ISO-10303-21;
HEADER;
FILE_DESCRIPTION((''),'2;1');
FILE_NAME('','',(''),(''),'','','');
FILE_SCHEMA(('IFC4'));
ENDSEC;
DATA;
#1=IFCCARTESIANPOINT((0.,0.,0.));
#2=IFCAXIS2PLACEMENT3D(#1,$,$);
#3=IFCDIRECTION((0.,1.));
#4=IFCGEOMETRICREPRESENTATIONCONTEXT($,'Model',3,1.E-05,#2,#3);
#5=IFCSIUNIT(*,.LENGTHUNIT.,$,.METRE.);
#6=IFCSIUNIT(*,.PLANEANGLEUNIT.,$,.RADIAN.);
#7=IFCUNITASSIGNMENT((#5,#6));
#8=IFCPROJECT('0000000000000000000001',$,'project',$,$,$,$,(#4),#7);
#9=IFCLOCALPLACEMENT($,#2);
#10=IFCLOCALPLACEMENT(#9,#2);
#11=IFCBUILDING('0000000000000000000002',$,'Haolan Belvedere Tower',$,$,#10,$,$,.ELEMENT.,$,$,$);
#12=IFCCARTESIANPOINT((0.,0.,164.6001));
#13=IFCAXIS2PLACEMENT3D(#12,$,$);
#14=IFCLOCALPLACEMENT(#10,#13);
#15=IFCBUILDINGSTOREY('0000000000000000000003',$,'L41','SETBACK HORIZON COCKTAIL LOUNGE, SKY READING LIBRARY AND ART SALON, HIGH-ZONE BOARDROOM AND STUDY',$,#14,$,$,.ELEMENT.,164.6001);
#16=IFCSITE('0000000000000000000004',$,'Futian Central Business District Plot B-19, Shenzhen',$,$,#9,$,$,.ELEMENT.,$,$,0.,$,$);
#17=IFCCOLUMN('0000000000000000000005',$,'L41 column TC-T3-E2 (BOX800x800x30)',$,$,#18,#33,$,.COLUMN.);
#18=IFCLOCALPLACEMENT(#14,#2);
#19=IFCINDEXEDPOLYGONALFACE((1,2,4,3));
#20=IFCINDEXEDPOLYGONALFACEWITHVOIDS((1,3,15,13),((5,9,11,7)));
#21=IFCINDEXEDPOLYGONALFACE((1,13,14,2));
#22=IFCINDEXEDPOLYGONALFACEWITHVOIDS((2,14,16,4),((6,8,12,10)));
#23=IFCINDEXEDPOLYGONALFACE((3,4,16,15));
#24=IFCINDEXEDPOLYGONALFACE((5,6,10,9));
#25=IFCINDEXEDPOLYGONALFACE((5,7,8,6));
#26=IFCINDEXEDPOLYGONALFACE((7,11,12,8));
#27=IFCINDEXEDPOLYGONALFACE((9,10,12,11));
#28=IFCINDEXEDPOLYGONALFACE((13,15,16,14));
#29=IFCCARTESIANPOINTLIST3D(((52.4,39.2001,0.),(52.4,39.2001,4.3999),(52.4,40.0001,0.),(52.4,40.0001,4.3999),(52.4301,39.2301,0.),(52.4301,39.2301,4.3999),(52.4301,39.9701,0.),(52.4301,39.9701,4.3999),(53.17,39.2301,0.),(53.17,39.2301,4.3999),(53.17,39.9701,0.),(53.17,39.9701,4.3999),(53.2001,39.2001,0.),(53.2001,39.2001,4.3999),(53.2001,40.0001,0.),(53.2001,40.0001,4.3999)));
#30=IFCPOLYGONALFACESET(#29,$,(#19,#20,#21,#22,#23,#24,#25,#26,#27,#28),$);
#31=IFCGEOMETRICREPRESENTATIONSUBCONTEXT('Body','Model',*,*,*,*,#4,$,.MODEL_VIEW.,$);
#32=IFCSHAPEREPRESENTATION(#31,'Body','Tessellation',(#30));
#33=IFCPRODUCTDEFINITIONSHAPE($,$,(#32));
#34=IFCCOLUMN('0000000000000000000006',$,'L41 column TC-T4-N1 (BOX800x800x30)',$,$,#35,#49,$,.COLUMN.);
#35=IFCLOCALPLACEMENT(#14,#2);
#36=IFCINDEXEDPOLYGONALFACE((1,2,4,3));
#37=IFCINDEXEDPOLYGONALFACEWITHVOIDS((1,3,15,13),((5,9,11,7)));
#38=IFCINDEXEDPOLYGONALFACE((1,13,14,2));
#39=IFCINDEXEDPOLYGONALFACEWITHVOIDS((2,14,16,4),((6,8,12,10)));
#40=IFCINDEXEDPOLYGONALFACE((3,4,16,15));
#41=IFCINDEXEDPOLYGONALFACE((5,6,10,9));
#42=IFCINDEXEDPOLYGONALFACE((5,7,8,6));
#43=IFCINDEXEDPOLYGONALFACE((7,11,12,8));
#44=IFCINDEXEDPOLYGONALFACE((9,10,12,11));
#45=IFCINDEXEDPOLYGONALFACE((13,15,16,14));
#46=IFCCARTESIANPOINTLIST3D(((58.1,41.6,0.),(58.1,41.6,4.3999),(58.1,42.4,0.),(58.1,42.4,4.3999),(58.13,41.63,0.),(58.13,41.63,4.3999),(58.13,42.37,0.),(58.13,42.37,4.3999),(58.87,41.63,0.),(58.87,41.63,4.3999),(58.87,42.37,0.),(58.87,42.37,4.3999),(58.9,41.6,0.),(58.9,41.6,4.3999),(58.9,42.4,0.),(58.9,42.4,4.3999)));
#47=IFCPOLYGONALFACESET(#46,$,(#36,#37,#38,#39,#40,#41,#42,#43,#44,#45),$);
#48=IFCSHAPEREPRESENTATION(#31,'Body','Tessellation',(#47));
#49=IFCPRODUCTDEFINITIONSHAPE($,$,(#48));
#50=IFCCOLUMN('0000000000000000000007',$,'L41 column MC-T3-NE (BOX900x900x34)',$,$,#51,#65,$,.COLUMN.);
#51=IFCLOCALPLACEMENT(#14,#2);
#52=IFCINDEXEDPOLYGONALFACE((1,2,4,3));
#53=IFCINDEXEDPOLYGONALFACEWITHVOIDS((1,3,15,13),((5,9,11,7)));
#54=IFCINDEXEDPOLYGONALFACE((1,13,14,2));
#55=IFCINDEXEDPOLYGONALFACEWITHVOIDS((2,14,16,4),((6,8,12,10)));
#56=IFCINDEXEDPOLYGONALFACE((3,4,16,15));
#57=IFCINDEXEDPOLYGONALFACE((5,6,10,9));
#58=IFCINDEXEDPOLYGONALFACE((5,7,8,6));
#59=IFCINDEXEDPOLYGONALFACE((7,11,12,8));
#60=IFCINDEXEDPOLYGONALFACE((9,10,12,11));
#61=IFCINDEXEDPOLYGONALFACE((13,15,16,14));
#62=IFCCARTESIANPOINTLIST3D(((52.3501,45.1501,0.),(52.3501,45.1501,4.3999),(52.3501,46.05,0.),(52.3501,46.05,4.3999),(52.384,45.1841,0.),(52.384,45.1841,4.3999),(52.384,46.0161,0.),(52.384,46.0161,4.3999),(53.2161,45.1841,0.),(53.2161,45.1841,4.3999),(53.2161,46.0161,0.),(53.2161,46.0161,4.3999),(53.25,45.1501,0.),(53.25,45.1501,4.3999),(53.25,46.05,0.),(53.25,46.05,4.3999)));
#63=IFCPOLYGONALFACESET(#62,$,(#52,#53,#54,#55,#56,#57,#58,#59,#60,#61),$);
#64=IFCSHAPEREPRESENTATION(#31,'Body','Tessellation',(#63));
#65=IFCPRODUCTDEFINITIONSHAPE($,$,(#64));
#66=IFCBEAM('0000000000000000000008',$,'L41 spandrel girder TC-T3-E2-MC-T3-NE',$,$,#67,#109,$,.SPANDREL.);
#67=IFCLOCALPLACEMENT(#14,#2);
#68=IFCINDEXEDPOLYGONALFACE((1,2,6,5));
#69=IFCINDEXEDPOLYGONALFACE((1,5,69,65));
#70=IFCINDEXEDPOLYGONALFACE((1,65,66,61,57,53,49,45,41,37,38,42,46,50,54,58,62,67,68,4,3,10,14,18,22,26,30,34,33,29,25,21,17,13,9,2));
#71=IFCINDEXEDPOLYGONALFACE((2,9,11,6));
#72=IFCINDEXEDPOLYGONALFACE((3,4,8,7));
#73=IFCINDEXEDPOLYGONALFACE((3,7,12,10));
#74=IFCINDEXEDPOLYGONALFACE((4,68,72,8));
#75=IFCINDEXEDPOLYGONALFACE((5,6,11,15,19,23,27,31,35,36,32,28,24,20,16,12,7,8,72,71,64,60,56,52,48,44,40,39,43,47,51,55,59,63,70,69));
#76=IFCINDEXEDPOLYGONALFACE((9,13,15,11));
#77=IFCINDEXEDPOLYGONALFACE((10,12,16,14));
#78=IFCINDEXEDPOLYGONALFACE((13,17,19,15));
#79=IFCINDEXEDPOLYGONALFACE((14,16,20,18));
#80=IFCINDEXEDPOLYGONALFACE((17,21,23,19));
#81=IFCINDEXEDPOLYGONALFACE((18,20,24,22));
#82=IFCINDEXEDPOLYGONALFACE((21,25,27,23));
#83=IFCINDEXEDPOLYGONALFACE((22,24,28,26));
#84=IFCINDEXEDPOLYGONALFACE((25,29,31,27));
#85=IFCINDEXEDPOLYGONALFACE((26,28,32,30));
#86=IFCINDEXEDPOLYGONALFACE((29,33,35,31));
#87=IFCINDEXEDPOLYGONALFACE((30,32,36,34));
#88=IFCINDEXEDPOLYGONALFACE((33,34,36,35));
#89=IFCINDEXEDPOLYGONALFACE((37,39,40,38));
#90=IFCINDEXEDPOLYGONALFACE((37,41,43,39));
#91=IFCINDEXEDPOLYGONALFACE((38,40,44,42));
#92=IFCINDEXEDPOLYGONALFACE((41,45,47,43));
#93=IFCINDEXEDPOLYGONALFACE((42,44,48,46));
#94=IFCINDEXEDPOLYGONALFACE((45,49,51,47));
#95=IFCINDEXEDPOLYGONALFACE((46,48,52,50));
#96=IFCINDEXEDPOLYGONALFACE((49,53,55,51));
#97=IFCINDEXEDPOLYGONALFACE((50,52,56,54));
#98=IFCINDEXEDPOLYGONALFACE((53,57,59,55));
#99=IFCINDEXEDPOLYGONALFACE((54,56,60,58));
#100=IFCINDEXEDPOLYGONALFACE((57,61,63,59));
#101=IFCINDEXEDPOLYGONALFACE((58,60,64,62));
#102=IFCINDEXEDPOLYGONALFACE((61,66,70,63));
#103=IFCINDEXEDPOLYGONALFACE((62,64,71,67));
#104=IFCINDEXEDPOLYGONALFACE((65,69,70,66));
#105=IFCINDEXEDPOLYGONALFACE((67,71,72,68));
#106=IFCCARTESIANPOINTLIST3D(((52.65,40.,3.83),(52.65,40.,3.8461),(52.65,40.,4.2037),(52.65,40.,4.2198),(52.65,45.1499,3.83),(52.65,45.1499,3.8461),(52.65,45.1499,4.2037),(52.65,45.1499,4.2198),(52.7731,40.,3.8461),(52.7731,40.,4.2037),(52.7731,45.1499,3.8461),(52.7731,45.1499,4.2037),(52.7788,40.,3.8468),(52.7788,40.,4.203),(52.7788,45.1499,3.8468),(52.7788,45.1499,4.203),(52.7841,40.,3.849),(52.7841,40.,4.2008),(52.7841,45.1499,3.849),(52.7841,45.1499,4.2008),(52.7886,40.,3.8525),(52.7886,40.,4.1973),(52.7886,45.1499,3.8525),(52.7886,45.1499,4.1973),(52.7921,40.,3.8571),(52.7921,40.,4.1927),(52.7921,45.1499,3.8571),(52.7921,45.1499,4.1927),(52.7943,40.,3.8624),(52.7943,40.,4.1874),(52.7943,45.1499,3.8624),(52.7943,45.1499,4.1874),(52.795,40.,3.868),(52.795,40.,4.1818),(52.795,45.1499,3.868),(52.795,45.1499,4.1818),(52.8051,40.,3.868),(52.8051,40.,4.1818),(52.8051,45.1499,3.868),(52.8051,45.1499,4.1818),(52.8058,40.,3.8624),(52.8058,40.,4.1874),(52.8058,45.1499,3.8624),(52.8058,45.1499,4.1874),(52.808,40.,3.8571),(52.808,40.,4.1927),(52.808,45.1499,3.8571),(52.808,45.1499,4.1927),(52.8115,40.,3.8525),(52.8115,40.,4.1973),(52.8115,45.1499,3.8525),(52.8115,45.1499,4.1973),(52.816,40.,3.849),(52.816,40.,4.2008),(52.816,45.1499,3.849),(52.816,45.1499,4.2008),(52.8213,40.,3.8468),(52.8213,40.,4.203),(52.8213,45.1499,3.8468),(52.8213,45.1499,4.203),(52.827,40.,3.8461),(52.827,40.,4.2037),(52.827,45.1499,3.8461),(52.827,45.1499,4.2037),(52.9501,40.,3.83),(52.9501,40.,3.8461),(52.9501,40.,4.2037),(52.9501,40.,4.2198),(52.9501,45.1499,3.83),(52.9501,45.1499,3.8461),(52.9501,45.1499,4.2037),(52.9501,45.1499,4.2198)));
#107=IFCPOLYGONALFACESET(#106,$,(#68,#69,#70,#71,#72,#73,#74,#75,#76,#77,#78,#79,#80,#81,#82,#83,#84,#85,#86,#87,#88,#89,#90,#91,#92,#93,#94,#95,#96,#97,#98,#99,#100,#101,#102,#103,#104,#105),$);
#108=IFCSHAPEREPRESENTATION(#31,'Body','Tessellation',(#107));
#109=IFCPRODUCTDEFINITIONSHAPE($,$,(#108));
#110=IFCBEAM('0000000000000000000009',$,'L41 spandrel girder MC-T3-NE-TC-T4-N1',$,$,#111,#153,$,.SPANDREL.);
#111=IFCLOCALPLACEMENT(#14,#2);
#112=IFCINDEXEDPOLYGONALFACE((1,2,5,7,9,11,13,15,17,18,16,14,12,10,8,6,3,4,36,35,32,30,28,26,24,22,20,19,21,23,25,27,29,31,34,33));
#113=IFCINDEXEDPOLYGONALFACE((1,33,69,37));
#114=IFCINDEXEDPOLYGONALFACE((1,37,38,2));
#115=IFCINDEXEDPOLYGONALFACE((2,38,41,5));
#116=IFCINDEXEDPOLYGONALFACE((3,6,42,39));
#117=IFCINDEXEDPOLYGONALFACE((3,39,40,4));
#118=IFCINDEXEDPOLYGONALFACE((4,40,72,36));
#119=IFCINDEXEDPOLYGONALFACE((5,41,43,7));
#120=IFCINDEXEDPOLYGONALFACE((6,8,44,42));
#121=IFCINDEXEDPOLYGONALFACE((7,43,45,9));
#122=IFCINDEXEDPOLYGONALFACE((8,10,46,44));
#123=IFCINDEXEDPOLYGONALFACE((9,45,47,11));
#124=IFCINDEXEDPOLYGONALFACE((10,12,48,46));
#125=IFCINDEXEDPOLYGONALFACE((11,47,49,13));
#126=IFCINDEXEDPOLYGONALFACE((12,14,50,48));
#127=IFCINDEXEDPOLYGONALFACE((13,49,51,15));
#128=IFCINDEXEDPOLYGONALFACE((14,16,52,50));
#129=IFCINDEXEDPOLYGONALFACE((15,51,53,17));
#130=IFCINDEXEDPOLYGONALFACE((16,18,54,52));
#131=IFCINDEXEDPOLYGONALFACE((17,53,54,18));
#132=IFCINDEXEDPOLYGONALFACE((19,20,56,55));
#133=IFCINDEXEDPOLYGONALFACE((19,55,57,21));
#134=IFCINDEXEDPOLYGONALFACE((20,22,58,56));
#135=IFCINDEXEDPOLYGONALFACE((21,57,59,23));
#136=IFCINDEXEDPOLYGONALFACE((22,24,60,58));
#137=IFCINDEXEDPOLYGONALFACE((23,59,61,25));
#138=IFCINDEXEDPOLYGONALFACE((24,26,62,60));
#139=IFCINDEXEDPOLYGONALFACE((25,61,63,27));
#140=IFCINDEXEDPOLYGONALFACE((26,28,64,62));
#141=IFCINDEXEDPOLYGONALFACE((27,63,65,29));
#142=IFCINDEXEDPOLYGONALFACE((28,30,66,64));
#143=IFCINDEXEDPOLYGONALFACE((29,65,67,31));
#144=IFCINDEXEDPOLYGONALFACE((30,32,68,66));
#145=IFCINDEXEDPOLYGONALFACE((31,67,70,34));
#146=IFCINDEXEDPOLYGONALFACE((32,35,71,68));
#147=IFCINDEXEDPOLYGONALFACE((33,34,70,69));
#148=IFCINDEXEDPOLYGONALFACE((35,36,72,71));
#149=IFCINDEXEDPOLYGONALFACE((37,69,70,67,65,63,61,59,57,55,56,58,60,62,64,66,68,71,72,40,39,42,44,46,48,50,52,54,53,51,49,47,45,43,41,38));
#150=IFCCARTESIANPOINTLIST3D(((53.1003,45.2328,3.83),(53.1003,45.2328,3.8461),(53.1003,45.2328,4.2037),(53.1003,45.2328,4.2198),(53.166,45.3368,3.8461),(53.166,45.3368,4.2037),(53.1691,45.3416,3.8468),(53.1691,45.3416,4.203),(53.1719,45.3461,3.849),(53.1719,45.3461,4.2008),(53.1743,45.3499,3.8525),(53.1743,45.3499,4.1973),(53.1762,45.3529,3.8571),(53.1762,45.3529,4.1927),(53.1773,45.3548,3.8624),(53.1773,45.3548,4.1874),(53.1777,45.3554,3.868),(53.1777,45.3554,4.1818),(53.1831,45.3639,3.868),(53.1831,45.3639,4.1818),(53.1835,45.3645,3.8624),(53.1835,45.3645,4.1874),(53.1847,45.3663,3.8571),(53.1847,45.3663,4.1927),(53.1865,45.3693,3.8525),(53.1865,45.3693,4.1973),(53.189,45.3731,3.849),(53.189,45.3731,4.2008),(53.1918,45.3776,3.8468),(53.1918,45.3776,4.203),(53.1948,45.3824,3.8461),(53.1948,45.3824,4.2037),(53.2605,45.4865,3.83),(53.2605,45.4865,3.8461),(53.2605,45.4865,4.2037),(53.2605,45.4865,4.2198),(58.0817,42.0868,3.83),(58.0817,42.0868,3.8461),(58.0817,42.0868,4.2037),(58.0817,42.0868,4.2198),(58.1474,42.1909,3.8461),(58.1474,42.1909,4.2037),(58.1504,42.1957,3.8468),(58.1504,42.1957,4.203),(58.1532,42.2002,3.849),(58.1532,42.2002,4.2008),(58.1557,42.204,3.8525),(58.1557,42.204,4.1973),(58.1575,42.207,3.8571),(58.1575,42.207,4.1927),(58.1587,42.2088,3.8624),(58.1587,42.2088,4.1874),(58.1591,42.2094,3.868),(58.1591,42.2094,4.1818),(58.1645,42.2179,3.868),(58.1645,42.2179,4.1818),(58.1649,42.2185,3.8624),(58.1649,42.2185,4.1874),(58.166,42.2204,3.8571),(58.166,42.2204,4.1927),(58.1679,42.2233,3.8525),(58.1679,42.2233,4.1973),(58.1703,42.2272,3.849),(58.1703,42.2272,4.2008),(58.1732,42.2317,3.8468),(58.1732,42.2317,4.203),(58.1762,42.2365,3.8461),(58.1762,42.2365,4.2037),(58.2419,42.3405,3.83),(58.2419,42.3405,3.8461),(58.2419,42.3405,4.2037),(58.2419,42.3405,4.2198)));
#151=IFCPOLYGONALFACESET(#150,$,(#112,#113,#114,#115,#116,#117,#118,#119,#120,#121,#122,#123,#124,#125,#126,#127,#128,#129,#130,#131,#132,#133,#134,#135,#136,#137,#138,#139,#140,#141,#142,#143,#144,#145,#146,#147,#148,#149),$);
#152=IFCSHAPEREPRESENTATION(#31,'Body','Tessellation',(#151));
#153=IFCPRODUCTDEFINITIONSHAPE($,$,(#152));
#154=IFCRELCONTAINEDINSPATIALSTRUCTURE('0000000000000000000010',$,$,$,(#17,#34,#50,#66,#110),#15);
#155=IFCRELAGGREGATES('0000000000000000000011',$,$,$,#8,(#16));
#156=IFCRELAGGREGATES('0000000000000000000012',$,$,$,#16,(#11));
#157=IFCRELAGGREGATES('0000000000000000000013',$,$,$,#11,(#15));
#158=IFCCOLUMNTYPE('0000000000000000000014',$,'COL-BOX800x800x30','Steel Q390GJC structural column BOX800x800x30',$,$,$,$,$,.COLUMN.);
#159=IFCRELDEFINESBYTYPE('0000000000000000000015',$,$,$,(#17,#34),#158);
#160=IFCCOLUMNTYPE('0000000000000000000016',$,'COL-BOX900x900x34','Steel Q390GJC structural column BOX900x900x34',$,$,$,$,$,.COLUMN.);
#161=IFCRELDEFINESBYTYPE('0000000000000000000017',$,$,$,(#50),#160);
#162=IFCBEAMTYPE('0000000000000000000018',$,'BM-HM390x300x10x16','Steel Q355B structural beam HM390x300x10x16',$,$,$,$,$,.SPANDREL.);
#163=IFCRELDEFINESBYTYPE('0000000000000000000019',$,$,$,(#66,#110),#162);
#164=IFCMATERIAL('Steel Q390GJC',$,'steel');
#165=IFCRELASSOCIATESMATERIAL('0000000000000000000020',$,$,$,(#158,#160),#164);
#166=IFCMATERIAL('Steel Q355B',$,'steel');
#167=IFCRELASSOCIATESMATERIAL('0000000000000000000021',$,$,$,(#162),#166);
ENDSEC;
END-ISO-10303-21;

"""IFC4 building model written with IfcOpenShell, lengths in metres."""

from ifc_helpers import new_model, si_unit, direction, frame, origin, origin_2d, place, context, subcontext, project, spatial, hollow_rectangle, i_section, extrude, material, material_profile, profile_set, type_object, element, save


model = new_model("IFC4")

# Units and contexts
model_context = context("Model", 3, precision=1e-05, world=origin(), true_north=direction((0.0, 1.0)))
body_context = subcontext(model_context, "Body", "Model", "MODEL_VIEW")
ifc_project = project(units=[si_unit("LENGTHUNIT", "METRE"), si_unit("PLANEANGLEUNIT", "RADIAN")], contexts=[model_context])

# Site, building, storey
site_placement = place(None, origin())
site = spatial("IfcSite", under=ifc_project, at=site_placement, Name="Futian Central Business District Plot B-19, Shenzhen", CompositionType="ELEMENT", RefElevation=0.0)
building_placement = place(site_placement, origin())
building = spatial("IfcBuilding", under=site, at=building_placement, Name="Haolan Belvedere Tower", CompositionType="ELEMENT")
storey_placement = place(building_placement, frame((0.0, 0.0, 164.6001)))
storey = spatial("IfcBuildingStorey", under=building, at=storey_placement, Name="L41", Description="SETBACK HORIZON COCKTAIL LOUNGE, SKY READING LIBRARY AND ART SALON, HIGH-ZONE BOARDROOM AND STUDY", CompositionType="ELEMENT", Elevation=164.6001)

# Columns
ifc_material_1 = material(Name="Steel Q390GJC", Category="steel")
ifc_material_profile_1 = material_profile(ifc_material_1, hollow_rectangle(XDim=0.8, YDim=0.8, WallThickness=0.03, at=origin_2d()), Name="Steel Q390GJC")
ifc_profile_set_1 = profile_set([ifc_material_profile_1], Name="Steel Q390GJC")
column_type_1 = type_object("IfcColumnType", Name="COL-BOX800x800x30", Description="Steel Q390GJC structural column BOX800x800x30", PredefinedType="COLUMN", material=ifc_profile_set_1)
for number, where, z_axis, x_axis, name in (
    (1, (52.8, 39.6001, 0.0), (0.0, 0.0, 1.0), (1.0, 0.0, 0.0), "L41 column TC-T3-E2 (BOX800x800x30)"),
    (2, (58.5, 42.0, 0.0), (0.0, 0.0, 1.0), (1.0, 0.0, 0.0), "L41 column TC-T4-N1 (BOX800x800x30)"),
):
    element("IfcColumn", number, at=place(storey_placement, frame(where, z_axis=z_axis, x_axis=x_axis)), inside=storey, type_object=column_type_1, Name=name, PredefinedType="COLUMN", context=body_context, shape_type="SweptSolid", body=[
        extrude(hollow_rectangle(XDim=0.8, YDim=0.8, WallThickness=0.03, at=origin_2d()), origin(), (0.0, 0.0, 1.0), 4.3999),
    ])
ifc_material_profile_2 = material_profile(ifc_material_1, hollow_rectangle(XDim=0.8999, YDim=0.8999, WallThickness=0.0339, at=origin_2d()), Name="Steel Q390GJC")
ifc_profile_set_2 = profile_set([ifc_material_profile_2], Name="Steel Q390GJC")
column_type_2 = type_object("IfcColumnType", Name="COL-BOX900x900x34", Description="Steel Q390GJC structural column BOX900x900x34", PredefinedType="COLUMN", material=ifc_profile_set_2)
column_placement = place(storey_placement, frame((52.8, 45.6001, 0.0), z_axis=(0.0, 0.0, 1.0), x_axis=(1.0, 0.0, 0.0)))
element("IfcColumn", 3, at=column_placement, inside=storey, type_object=column_type_2, Name="L41 column MC-T3-NE (BOX900x900x34)", PredefinedType="COLUMN", context=body_context, shape_type="SweptSolid", body=[
    extrude(hollow_rectangle(XDim=0.8999, YDim=0.8999, WallThickness=0.0339, at=origin_2d()), origin(), (0.0, 0.0, 1.0), 4.3999),
])

# Beams
ifc_material_2 = material(Name="Steel Q355B", Category="steel")
ifc_material_profile_3 = material_profile(ifc_material_2, i_section(OverallWidth=0.3, OverallDepth=0.3899, WebThickness=0.01, FlangeThickness=0.0161, FilletRadius=0.022, at=origin_2d()), Name="Steel Q355B")
ifc_profile_set_3 = profile_set([ifc_material_profile_3], Name="Steel Q355B")
beam_type_1 = type_object("IfcBeamType", Name="BM-HM390x300x10x16", Description="Steel Q355B structural beam HM390x300x10x16", PredefinedType="SPANDREL", material=ifc_profile_set_3)
beam_1_placement = place(storey_placement, frame((52.8, 40.0, 4.0249), z_axis=(0.0, 1.0, 0.0), x_axis=(-1.0, 0.0, 0.0)))
element("IfcBeam", 4, at=beam_1_placement, inside=storey, type_object=beam_type_1, Name="L41 spandrel girder TC-T3-E2-MC-T3-NE", PredefinedType="SPANDREL", context=body_context, shape_type="SweptSolid", body=[
    extrude(i_section(OverallWidth=0.3, OverallDepth=0.3899, WebThickness=0.01, FlangeThickness=0.0161, FilletRadius=0.022, at=origin_2d()), origin(), (0.0, 0.0, 1.0), 5.1499),
])
beam_2_placement = place(storey_placement, frame((53.1804, 45.3596, 4.0249), z_axis=(0.845503, -0.533971, 0.0), x_axis=(0.533971, 0.845503, 0.0)))
element("IfcBeam", 5, at=beam_2_placement, inside=storey, type_object=beam_type_1, Name="L41 spandrel girder MC-T3-NE-TC-T4-N1", PredefinedType="SPANDREL", context=body_context, shape_type="SweptSolid", body=[
    extrude(i_section(OverallWidth=0.3, OverallDepth=0.3899, WebThickness=0.01, FlangeThickness=0.0161, FilletRadius=0.022, at=origin_2d()), origin(), (0.0, 0.0, 1.0), 5.8916),
])

save(model, "model.ifc")
